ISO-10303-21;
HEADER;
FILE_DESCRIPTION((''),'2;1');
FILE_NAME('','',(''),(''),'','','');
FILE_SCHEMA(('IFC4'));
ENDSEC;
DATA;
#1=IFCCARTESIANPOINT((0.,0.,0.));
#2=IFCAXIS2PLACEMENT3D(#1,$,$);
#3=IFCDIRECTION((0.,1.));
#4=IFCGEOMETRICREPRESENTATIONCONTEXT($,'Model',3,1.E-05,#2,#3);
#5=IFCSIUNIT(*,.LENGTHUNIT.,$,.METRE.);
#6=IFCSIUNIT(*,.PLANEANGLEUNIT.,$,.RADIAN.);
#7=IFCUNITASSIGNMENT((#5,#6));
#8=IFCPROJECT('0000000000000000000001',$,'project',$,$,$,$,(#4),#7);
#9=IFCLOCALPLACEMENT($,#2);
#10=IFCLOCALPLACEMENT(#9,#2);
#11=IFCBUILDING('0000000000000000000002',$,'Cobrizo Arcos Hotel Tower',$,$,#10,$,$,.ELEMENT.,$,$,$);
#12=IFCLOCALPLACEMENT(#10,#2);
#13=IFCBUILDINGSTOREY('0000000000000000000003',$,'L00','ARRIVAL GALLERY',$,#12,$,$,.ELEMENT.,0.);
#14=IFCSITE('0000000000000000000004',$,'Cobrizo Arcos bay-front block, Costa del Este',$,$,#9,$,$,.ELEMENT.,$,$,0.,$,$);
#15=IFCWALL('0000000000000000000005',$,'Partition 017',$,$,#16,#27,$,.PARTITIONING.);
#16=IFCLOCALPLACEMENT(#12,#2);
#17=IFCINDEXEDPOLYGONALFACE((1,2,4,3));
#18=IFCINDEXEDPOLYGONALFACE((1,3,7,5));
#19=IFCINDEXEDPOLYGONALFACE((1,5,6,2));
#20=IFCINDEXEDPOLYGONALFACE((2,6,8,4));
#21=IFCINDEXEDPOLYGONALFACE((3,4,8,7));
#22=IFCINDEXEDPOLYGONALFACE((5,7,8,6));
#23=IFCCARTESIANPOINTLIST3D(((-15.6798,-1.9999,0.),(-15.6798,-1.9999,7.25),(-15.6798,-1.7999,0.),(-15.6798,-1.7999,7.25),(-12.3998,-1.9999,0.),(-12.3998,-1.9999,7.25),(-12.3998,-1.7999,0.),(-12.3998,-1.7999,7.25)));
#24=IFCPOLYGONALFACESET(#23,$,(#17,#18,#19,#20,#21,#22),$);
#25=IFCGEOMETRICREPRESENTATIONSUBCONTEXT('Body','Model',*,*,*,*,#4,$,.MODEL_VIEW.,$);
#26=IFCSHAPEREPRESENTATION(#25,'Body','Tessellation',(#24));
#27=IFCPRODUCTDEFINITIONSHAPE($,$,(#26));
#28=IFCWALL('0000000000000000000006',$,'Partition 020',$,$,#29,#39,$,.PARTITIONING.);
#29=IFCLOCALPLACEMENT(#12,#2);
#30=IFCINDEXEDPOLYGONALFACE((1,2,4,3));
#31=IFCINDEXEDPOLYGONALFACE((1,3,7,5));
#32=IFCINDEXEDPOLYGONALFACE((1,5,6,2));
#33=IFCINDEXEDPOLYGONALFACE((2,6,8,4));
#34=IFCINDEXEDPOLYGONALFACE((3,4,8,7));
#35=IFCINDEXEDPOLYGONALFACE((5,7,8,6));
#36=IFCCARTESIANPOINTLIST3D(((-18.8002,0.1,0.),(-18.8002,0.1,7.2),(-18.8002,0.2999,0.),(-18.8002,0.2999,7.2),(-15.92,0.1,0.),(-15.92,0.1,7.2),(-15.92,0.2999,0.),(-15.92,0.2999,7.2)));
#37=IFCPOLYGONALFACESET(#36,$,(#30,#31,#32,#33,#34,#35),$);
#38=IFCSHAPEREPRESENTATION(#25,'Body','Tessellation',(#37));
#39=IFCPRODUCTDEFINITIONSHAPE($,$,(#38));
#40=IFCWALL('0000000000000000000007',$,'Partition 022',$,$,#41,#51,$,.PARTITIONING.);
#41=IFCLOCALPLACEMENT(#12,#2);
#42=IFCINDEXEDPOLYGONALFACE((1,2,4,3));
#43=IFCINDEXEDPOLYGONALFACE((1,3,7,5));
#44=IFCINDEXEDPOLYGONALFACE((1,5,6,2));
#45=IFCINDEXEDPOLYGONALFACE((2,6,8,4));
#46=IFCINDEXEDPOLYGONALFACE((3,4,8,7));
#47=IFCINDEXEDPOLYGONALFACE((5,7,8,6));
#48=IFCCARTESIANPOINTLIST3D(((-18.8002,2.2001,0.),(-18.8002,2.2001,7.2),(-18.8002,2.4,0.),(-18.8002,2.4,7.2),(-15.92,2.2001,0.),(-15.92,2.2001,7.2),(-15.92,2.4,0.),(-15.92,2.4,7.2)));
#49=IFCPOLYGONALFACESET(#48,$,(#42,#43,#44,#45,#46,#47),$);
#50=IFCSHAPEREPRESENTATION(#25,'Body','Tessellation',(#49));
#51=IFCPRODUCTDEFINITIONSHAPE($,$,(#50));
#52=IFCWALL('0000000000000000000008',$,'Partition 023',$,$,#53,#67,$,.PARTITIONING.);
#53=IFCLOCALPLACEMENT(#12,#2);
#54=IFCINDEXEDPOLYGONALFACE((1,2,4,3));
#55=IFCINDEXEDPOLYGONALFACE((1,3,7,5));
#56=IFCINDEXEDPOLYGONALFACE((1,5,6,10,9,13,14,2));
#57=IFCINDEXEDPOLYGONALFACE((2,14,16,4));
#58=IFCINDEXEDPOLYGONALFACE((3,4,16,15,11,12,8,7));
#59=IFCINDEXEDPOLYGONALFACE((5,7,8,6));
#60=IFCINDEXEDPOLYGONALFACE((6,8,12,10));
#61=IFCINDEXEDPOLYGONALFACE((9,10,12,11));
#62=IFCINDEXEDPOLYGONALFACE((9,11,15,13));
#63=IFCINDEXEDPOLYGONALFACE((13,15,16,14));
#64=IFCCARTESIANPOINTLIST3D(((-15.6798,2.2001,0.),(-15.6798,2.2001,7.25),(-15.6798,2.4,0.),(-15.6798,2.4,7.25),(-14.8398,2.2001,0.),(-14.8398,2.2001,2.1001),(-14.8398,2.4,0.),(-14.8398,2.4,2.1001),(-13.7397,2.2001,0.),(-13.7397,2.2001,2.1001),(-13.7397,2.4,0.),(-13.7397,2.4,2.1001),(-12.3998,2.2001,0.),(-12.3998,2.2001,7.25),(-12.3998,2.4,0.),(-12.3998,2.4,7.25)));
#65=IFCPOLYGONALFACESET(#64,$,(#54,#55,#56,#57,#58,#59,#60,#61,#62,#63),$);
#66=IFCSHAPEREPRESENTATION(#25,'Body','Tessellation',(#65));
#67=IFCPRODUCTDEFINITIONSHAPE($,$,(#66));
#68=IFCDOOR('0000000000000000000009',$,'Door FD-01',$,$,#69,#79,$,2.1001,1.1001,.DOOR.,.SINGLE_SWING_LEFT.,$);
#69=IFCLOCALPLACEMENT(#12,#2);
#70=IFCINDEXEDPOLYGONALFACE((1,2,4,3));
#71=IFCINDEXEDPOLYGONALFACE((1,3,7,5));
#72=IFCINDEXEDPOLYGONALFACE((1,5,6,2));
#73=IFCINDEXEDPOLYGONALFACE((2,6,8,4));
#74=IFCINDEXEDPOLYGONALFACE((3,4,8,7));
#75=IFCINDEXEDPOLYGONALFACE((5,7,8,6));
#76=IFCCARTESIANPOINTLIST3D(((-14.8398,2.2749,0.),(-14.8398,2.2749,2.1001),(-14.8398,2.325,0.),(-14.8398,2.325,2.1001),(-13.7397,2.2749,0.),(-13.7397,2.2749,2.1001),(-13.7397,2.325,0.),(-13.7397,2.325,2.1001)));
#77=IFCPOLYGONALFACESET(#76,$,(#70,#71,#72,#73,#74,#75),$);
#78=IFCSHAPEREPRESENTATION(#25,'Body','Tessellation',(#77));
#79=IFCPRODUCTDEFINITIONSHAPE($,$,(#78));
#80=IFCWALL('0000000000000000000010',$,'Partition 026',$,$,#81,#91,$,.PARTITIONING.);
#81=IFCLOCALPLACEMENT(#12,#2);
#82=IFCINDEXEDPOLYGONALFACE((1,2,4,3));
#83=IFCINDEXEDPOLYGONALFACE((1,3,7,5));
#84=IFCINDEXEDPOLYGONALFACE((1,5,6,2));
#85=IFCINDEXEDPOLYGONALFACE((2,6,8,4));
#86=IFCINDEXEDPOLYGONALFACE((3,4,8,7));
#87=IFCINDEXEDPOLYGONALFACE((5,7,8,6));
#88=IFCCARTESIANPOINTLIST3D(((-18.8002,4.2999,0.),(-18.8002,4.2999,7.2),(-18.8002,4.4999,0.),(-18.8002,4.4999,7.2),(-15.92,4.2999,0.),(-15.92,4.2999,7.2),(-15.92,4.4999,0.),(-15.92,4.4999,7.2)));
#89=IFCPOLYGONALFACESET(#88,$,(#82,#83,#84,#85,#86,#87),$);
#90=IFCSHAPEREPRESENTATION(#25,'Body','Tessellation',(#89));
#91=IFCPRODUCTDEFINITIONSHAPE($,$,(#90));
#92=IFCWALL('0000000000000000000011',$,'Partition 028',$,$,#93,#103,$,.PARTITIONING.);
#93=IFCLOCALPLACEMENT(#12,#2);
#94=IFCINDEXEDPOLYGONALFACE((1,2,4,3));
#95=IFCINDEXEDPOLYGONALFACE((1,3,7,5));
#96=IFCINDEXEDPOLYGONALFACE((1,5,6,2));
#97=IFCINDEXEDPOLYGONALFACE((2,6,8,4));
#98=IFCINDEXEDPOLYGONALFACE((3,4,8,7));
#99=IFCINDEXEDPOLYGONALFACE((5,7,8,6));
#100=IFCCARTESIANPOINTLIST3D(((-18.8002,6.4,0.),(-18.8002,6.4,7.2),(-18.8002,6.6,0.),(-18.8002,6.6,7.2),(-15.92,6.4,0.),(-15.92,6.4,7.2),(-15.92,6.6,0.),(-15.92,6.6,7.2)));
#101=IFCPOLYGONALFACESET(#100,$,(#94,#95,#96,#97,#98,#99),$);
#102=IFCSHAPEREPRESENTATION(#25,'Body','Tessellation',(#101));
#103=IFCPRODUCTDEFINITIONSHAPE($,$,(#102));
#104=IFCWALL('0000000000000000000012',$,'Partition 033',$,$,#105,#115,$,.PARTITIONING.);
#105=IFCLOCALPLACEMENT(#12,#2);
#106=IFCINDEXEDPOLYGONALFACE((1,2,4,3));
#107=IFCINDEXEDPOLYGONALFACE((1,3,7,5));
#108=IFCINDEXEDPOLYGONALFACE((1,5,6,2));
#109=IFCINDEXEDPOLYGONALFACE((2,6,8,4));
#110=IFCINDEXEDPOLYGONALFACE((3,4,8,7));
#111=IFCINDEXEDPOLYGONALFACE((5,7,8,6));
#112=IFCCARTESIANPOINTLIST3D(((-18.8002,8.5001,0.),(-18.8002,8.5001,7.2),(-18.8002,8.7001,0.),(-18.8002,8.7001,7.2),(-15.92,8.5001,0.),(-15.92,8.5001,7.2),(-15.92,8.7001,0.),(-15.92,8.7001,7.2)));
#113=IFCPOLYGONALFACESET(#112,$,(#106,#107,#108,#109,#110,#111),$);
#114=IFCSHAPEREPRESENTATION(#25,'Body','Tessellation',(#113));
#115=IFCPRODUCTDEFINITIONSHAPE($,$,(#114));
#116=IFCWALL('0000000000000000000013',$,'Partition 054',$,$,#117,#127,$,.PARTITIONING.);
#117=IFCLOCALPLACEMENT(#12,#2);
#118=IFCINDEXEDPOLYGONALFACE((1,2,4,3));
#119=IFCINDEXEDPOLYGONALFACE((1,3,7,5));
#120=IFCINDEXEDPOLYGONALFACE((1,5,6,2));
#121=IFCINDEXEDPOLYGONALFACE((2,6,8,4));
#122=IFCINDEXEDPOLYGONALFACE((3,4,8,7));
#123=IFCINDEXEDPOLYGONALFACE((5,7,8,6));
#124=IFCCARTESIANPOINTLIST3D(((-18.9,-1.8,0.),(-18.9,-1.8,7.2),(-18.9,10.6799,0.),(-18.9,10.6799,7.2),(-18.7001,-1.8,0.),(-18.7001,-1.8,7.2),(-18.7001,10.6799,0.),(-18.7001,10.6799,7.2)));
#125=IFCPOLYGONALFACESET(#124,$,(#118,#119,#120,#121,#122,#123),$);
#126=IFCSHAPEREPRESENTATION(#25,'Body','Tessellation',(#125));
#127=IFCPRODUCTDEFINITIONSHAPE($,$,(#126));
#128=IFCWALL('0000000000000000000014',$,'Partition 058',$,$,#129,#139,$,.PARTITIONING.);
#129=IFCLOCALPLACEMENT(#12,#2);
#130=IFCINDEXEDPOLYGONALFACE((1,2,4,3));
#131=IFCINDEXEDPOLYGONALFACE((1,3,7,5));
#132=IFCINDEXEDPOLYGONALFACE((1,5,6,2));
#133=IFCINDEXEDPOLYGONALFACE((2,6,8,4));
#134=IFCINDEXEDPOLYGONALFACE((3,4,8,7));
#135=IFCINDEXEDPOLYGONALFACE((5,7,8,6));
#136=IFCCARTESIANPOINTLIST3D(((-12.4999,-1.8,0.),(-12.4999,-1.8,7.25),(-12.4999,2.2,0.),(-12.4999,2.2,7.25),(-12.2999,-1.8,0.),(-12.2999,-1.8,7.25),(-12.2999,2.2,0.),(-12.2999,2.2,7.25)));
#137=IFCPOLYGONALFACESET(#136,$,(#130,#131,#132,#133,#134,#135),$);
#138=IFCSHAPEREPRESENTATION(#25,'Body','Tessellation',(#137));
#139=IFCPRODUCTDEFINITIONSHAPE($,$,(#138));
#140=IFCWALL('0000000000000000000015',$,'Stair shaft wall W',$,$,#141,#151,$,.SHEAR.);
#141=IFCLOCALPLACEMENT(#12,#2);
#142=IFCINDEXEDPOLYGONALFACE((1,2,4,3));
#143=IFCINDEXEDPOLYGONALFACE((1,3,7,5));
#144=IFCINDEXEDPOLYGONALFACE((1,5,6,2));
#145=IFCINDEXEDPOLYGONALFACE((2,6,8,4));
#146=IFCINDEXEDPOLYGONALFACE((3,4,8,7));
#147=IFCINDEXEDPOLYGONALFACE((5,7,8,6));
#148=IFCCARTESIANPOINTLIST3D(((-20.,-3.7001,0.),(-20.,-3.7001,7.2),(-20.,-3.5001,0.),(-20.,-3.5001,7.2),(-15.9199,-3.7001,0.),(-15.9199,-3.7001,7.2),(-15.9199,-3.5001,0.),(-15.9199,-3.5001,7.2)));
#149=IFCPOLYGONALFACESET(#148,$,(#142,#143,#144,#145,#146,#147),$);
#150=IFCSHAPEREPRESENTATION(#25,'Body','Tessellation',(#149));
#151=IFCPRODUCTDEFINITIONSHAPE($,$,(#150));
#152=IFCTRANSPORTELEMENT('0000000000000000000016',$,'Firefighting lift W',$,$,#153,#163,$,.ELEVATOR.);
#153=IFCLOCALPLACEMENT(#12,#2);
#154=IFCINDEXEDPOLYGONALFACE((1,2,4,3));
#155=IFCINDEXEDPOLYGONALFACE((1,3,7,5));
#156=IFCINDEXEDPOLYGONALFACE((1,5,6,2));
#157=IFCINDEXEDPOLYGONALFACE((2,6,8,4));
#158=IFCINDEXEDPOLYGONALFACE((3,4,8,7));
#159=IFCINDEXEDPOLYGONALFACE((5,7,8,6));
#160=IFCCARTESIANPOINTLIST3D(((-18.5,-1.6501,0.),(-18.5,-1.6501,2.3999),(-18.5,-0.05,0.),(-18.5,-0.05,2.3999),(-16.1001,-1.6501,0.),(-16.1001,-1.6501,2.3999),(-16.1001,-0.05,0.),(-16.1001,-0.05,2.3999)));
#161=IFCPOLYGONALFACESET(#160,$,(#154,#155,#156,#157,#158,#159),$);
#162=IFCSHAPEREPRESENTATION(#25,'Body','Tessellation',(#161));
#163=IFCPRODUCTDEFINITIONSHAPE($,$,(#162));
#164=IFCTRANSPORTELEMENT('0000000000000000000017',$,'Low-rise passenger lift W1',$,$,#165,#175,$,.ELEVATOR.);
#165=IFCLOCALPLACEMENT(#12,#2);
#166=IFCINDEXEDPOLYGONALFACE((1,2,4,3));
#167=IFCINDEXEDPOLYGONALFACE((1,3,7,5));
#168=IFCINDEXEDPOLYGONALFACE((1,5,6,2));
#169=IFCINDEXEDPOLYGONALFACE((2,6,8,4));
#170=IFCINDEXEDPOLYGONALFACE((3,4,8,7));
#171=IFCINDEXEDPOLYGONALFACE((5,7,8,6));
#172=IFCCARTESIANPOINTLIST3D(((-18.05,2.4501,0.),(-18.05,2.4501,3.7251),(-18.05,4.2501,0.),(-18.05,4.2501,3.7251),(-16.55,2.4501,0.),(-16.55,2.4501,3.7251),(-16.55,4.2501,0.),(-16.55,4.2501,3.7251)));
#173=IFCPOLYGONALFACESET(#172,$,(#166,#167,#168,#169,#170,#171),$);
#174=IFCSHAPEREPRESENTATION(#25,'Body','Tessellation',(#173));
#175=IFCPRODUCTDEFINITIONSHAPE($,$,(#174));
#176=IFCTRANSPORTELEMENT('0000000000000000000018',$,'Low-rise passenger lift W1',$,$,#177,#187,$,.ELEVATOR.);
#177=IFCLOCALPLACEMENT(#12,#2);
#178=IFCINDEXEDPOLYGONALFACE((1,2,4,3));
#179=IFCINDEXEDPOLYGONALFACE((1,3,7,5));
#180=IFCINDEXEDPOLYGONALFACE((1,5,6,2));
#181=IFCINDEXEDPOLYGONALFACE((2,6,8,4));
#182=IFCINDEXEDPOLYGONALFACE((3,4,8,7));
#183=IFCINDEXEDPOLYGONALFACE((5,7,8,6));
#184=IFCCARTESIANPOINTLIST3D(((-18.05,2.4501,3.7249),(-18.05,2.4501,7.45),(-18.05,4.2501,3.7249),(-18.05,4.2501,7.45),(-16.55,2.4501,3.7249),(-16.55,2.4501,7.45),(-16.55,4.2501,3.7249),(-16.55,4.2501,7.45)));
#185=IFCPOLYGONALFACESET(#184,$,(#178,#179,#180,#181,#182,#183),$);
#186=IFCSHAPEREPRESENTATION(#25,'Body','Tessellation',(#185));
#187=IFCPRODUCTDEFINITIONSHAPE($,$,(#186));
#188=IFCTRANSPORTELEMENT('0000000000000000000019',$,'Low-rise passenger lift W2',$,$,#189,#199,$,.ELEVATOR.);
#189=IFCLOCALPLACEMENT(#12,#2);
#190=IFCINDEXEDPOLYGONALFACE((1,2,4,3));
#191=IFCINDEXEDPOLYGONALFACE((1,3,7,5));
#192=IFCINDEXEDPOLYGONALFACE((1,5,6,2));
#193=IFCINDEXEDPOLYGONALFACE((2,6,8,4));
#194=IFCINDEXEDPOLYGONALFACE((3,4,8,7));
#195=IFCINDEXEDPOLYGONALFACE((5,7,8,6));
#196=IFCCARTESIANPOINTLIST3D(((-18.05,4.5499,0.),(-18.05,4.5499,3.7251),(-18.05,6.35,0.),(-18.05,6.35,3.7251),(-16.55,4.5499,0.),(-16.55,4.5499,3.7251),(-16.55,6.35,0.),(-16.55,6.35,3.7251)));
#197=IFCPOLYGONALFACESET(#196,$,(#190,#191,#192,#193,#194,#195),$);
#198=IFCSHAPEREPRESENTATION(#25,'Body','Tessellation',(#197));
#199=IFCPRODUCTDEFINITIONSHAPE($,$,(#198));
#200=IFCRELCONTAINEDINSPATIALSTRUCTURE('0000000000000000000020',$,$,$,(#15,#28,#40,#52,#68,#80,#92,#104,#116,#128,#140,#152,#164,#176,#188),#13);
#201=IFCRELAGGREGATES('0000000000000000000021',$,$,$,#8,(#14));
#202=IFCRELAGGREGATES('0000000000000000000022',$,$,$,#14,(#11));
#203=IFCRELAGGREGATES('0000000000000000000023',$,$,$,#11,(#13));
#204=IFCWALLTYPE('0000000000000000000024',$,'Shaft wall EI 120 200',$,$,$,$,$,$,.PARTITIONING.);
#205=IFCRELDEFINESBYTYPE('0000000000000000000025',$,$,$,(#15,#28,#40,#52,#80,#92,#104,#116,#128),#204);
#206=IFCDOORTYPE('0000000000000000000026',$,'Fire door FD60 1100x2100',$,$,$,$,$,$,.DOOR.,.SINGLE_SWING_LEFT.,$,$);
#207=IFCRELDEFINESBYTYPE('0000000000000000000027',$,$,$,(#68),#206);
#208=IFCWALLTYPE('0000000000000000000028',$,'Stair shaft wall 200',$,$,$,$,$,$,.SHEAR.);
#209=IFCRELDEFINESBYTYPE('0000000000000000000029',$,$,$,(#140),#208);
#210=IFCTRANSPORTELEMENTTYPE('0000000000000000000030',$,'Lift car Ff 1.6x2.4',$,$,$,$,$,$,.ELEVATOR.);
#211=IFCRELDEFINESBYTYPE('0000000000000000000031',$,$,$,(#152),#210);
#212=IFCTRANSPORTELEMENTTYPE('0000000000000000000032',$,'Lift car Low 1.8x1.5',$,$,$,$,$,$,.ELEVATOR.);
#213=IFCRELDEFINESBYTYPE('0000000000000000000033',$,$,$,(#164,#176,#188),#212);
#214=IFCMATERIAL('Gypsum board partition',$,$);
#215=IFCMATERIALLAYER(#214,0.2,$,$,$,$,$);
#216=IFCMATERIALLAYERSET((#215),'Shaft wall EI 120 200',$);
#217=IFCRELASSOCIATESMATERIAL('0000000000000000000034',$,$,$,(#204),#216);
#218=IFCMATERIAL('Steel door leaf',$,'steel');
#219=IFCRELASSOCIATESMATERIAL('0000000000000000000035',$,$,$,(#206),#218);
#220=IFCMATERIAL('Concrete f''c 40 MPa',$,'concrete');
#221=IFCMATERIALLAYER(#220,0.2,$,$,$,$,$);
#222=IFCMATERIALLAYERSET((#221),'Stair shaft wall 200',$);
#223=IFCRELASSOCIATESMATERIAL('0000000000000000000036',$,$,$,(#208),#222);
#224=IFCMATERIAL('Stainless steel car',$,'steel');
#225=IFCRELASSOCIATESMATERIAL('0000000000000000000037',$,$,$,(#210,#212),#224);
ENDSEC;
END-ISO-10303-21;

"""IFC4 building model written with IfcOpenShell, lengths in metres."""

from ifc_helpers import new_model, si_unit, direction, frame, frame_2d, origin, origin_2d, place, context, subcontext, project, spatial, rectangle, extrude, material, layer, layer_set, type_object, element, fill, save


model = new_model("IFC4")

# Units and contexts
model_context = context("Model", 3, precision=1e-05, world=origin(), true_north=direction((0.0, 1.0)))
body_context = subcontext(model_context, "Body", "Model", "MODEL_VIEW")
ifc_project = project(units=[si_unit("LENGTHUNIT", "METRE"), si_unit("PLANEANGLEUNIT", "RADIAN")], contexts=[model_context])

# Site, building, storey
site_placement = place(None, origin())
site = spatial("IfcSite", under=ifc_project, at=site_placement, Name="Cobrizo Arcos bay-front block, Costa del Este", CompositionType="ELEMENT", RefElevation=0.0)
building_placement = place(site_placement, origin())
building = spatial("IfcBuilding", under=site, at=building_placement, Name="Cobrizo Arcos Hotel Tower", CompositionType="ELEMENT")
storey_placement = place(building_placement, origin())
storey = spatial("IfcBuildingStorey", under=building, at=storey_placement, Name="L00", Description="ARRIVAL GALLERY", CompositionType="ELEMENT", Elevation=0.0)

# Walls
ifc_material_1 = material(Name="Gypsum board partition")
ifc_layer_1 = layer(ifc_material_1, 0.2)
ifc_layer_set_1 = layer_set([ifc_layer_1], Name="Shaft wall EI 120 200")
wall_type_1 = type_object("IfcWallType", Name="Shaft wall EI 120 200", PredefinedType="PARTITIONING", material=ifc_layer_set_1)
wall_1_placement = place(storey_placement, frame((-15.6799, -1.8999, 0.0), z_axis=(0.0, 0.0, 1.0), x_axis=(1.0, 0.0, 0.0)))
element("IfcWall", 1, at=wall_1_placement, inside=storey, type_object=wall_type_1, Name="Partition 017", PredefinedType="PARTITIONING", context=body_context, shape_type="SweptSolid", body=[
    extrude(rectangle(XDim=3.28, YDim=0.2, at=frame_2d((1.6401, 0.0))), origin(), (0.0, 0.0, 1.0), 7.25),
])
for number, where, z_axis, x_axis, name in (
    (2, (-18.8, 0.2, 0.0), (0.0, 0.0, 1.0), (1.0, 0.0, 0.0), "Partition 020"),
    (3, (-18.8, 2.3, 0.0), (0.0, 0.0, 1.0), (1.0, 0.0, 0.0), "Partition 022"),
):
    element("IfcWall", number, at=place(storey_placement, frame(where, z_axis=z_axis, x_axis=x_axis)), inside=storey, type_object=wall_type_1, Name=name, PredefinedType="PARTITIONING", context=body_context, shape_type="SweptSolid", body=[
        extrude(rectangle(XDim=2.8801, YDim=0.2, at=frame_2d((1.4399, 0.0))), origin(), (0.0, 0.0, 1.0), 7.2),
    ])

# Wall, opening, door
wall_2_placement = place(storey_placement, frame((-15.6799, 2.3, 0.0), z_axis=(0.0, 0.0, 1.0), x_axis=(1.0, 0.0, 0.0)))
wall_2 = element("IfcWall", 4, at=wall_2_placement, inside=storey, type_object=wall_type_1, Name="Partition 023", PredefinedType="PARTITIONING", context=body_context, shape_type="SweptSolid", body=[
    extrude(rectangle(XDim=3.28, YDim=0.2, at=frame_2d((1.6401, 0.0))), origin(), (0.0, 0.0, 1.0), 7.25),
])
opening_placement = place(wall_2_placement, frame((0.8401, 0.0, 0.0)))
opening = element("IfcOpeningElement", 5, at=opening_placement, cuts=wall_2, PredefinedType="OPENING", context=body_context, shape_type="SweptSolid", body=[
    extrude(rectangle(XDim=1.1001, YDim=2.1001, at=frame_2d((0.55, 1.05))), frame((0.0, 0.1121, 0.0), z_axis=(0.0, -1.0, 0.0), x_axis=(1.0, 0.0, 0.0)), (0.0, 0.0, 1.0), 0.2239),
])
ifc_material_2 = material(Name="Steel door leaf", Category="steel")
door_type = type_object("IfcDoorType", Name="Fire door FD60 1100x2100", OperationType="SINGLE_SWING_LEFT", PredefinedType="DOOR", material=ifc_material_2)
door_placement = place(opening_placement, origin())
door = element("IfcDoor", 6, at=door_placement, inside=storey, type_object=door_type, Name="Door FD-01", OperationType="SINGLE_SWING_LEFT", OverallHeight=2.1001, OverallWidth=1.1001, PredefinedType="DOOR", context=body_context, shape_type="SweptSolid", body=[
    extrude(rectangle(XDim=1.1001, YDim=2.1001, at=frame_2d((0.55, 1.05))), frame((0.0, 0.0249, 0.0), z_axis=(0.0, -1.0, 0.0), x_axis=(1.0, 0.0, 0.0)), (0.0, 0.0, 1.0), 0.05),
])
fill(opening, door)

# Walls
for number, where, z_axis, x_axis, name in (
    (7, (-18.8, 4.3999, 0.0), (0.0, 0.0, 1.0), (1.0, 0.0, 0.0), "Partition 026"),
    (8, (-18.8, 6.5, 0.0), (0.0, 0.0, 1.0), (1.0, 0.0, 0.0), "Partition 028"),
    (9, (-18.8, 8.6001, 0.0), (0.0, 0.0, 1.0), (1.0, 0.0, 0.0), "Partition 033"),
):
    element("IfcWall", number, at=place(storey_placement, frame(where, z_axis=z_axis, x_axis=x_axis)), inside=storey, type_object=wall_type_1, Name=name, PredefinedType="PARTITIONING", context=body_context, shape_type="SweptSolid", body=[
        extrude(rectangle(XDim=2.8801, YDim=0.2, at=frame_2d((1.4399, 0.0))), origin(), (0.0, 0.0, 1.0), 7.2),
    ])
wall_3_placement = place(storey_placement, frame((-18.8, -1.8, 0.0), z_axis=(0.0, 0.0, 1.0), x_axis=(0.0, 1.0, 0.0)))
element("IfcWall", 10, at=wall_3_placement, inside=storey, type_object=wall_type_1, Name="Partition 054", PredefinedType="PARTITIONING", context=body_context, shape_type="SweptSolid", body=[
    extrude(rectangle(XDim=12.48, YDim=0.2, at=frame_2d((6.24, 0.0))), origin(), (0.0, 0.0, 1.0), 7.2),
])
wall_4_placement = place(storey_placement, frame((-12.3999, -1.8, 0.0), z_axis=(0.0, 0.0, 1.0), x_axis=(0.0, 1.0, 0.0)))
element("IfcWall", 11, at=wall_4_placement, inside=storey, type_object=wall_type_1, Name="Partition 058", PredefinedType="PARTITIONING", context=body_context, shape_type="SweptSolid", body=[
    extrude(rectangle(XDim=4.0, YDim=0.2, at=frame_2d((2.0, 0.0))), origin(), (0.0, 0.0, 1.0), 7.25),
])
ifc_material_3 = material(Name="Concrete f'c 40 MPa", Category="concrete")
ifc_layer_2 = layer(ifc_material_3, 0.2)
ifc_layer_set_2 = layer_set([ifc_layer_2], Name="Stair shaft wall 200")
wall_type_2 = type_object("IfcWallType", Name="Stair shaft wall 200", PredefinedType="SHEAR", material=ifc_layer_set_2)
wall_5_placement = place(storey_placement, frame((-20.0, -3.6001, 0.0), z_axis=(0.0, 0.0, 1.0), x_axis=(1.0, 0.0, 0.0)))
element("IfcWall", 12, at=wall_5_placement, inside=storey, type_object=wall_type_2, Name="Stair shaft wall W", PredefinedType="SHEAR", context=body_context, shape_type="SweptSolid", body=[
    extrude(rectangle(XDim=4.0801, YDim=0.2, at=frame_2d((2.04, 0.0))), origin(), (0.0, 0.0, 1.0), 7.2),
])

# Transport elements
ifc_material_4 = material(Name="Stainless steel car", Category="steel")
transport_element_type_1 = type_object("IfcTransportElementType", Name="Lift car Ff 1.6x2.4", PredefinedType="ELEVATOR", material=ifc_material_4)
transport_element_1_placement = place(storey_placement, frame((-17.3, -0.8501, 0.0), z_axis=(0.0, 0.0, 1.0), x_axis=(1.0, 0.0, 0.0)))
element("IfcTransportElement", 13, at=transport_element_1_placement, inside=storey, type_object=transport_element_type_1, Name="Firefighting lift W", PredefinedType="ELEVATOR", context=body_context, shape_type="SweptSolid", body=[
    extrude(rectangle(XDim=2.3999, YDim=1.6001, at=origin_2d()), origin(), (0.0, 0.0, 1.0), 2.3999),
])
transport_element_type_2 = type_object("IfcTransportElementType", Name="Lift car Low 1.8x1.5", PredefinedType="ELEVATOR", material=ifc_material_4)
for number, where, z_axis, x_axis, name in (
    (14, (-17.3, 3.3501, 0.0), (0.0, 0.0, 1.0), (1.0, 0.0, 0.0), "Low-rise passenger lift W1"),
    (15, (-17.3, 3.3501, 3.7249), (0.0, 0.0, 1.0), (1.0, 0.0, 0.0), "Low-rise passenger lift W1"),
    (16, (-17.3, 5.45, 0.0), (0.0, 0.0, 1.0), (1.0, 0.0, 0.0), "Low-rise passenger lift W2"),
):
    element("IfcTransportElement", number, at=place(storey_placement, frame(where, z_axis=z_axis, x_axis=x_axis)), inside=storey, type_object=transport_element_type_2, Name=name, PredefinedType="ELEVATOR", context=body_context, shape_type="SweptSolid", body=[
        extrude(rectangle(XDim=1.5, YDim=1.8, at=origin_2d()), origin(), (0.0, 0.0, 1.0), 3.7251),
    ])

save(model, "model.ifc")
